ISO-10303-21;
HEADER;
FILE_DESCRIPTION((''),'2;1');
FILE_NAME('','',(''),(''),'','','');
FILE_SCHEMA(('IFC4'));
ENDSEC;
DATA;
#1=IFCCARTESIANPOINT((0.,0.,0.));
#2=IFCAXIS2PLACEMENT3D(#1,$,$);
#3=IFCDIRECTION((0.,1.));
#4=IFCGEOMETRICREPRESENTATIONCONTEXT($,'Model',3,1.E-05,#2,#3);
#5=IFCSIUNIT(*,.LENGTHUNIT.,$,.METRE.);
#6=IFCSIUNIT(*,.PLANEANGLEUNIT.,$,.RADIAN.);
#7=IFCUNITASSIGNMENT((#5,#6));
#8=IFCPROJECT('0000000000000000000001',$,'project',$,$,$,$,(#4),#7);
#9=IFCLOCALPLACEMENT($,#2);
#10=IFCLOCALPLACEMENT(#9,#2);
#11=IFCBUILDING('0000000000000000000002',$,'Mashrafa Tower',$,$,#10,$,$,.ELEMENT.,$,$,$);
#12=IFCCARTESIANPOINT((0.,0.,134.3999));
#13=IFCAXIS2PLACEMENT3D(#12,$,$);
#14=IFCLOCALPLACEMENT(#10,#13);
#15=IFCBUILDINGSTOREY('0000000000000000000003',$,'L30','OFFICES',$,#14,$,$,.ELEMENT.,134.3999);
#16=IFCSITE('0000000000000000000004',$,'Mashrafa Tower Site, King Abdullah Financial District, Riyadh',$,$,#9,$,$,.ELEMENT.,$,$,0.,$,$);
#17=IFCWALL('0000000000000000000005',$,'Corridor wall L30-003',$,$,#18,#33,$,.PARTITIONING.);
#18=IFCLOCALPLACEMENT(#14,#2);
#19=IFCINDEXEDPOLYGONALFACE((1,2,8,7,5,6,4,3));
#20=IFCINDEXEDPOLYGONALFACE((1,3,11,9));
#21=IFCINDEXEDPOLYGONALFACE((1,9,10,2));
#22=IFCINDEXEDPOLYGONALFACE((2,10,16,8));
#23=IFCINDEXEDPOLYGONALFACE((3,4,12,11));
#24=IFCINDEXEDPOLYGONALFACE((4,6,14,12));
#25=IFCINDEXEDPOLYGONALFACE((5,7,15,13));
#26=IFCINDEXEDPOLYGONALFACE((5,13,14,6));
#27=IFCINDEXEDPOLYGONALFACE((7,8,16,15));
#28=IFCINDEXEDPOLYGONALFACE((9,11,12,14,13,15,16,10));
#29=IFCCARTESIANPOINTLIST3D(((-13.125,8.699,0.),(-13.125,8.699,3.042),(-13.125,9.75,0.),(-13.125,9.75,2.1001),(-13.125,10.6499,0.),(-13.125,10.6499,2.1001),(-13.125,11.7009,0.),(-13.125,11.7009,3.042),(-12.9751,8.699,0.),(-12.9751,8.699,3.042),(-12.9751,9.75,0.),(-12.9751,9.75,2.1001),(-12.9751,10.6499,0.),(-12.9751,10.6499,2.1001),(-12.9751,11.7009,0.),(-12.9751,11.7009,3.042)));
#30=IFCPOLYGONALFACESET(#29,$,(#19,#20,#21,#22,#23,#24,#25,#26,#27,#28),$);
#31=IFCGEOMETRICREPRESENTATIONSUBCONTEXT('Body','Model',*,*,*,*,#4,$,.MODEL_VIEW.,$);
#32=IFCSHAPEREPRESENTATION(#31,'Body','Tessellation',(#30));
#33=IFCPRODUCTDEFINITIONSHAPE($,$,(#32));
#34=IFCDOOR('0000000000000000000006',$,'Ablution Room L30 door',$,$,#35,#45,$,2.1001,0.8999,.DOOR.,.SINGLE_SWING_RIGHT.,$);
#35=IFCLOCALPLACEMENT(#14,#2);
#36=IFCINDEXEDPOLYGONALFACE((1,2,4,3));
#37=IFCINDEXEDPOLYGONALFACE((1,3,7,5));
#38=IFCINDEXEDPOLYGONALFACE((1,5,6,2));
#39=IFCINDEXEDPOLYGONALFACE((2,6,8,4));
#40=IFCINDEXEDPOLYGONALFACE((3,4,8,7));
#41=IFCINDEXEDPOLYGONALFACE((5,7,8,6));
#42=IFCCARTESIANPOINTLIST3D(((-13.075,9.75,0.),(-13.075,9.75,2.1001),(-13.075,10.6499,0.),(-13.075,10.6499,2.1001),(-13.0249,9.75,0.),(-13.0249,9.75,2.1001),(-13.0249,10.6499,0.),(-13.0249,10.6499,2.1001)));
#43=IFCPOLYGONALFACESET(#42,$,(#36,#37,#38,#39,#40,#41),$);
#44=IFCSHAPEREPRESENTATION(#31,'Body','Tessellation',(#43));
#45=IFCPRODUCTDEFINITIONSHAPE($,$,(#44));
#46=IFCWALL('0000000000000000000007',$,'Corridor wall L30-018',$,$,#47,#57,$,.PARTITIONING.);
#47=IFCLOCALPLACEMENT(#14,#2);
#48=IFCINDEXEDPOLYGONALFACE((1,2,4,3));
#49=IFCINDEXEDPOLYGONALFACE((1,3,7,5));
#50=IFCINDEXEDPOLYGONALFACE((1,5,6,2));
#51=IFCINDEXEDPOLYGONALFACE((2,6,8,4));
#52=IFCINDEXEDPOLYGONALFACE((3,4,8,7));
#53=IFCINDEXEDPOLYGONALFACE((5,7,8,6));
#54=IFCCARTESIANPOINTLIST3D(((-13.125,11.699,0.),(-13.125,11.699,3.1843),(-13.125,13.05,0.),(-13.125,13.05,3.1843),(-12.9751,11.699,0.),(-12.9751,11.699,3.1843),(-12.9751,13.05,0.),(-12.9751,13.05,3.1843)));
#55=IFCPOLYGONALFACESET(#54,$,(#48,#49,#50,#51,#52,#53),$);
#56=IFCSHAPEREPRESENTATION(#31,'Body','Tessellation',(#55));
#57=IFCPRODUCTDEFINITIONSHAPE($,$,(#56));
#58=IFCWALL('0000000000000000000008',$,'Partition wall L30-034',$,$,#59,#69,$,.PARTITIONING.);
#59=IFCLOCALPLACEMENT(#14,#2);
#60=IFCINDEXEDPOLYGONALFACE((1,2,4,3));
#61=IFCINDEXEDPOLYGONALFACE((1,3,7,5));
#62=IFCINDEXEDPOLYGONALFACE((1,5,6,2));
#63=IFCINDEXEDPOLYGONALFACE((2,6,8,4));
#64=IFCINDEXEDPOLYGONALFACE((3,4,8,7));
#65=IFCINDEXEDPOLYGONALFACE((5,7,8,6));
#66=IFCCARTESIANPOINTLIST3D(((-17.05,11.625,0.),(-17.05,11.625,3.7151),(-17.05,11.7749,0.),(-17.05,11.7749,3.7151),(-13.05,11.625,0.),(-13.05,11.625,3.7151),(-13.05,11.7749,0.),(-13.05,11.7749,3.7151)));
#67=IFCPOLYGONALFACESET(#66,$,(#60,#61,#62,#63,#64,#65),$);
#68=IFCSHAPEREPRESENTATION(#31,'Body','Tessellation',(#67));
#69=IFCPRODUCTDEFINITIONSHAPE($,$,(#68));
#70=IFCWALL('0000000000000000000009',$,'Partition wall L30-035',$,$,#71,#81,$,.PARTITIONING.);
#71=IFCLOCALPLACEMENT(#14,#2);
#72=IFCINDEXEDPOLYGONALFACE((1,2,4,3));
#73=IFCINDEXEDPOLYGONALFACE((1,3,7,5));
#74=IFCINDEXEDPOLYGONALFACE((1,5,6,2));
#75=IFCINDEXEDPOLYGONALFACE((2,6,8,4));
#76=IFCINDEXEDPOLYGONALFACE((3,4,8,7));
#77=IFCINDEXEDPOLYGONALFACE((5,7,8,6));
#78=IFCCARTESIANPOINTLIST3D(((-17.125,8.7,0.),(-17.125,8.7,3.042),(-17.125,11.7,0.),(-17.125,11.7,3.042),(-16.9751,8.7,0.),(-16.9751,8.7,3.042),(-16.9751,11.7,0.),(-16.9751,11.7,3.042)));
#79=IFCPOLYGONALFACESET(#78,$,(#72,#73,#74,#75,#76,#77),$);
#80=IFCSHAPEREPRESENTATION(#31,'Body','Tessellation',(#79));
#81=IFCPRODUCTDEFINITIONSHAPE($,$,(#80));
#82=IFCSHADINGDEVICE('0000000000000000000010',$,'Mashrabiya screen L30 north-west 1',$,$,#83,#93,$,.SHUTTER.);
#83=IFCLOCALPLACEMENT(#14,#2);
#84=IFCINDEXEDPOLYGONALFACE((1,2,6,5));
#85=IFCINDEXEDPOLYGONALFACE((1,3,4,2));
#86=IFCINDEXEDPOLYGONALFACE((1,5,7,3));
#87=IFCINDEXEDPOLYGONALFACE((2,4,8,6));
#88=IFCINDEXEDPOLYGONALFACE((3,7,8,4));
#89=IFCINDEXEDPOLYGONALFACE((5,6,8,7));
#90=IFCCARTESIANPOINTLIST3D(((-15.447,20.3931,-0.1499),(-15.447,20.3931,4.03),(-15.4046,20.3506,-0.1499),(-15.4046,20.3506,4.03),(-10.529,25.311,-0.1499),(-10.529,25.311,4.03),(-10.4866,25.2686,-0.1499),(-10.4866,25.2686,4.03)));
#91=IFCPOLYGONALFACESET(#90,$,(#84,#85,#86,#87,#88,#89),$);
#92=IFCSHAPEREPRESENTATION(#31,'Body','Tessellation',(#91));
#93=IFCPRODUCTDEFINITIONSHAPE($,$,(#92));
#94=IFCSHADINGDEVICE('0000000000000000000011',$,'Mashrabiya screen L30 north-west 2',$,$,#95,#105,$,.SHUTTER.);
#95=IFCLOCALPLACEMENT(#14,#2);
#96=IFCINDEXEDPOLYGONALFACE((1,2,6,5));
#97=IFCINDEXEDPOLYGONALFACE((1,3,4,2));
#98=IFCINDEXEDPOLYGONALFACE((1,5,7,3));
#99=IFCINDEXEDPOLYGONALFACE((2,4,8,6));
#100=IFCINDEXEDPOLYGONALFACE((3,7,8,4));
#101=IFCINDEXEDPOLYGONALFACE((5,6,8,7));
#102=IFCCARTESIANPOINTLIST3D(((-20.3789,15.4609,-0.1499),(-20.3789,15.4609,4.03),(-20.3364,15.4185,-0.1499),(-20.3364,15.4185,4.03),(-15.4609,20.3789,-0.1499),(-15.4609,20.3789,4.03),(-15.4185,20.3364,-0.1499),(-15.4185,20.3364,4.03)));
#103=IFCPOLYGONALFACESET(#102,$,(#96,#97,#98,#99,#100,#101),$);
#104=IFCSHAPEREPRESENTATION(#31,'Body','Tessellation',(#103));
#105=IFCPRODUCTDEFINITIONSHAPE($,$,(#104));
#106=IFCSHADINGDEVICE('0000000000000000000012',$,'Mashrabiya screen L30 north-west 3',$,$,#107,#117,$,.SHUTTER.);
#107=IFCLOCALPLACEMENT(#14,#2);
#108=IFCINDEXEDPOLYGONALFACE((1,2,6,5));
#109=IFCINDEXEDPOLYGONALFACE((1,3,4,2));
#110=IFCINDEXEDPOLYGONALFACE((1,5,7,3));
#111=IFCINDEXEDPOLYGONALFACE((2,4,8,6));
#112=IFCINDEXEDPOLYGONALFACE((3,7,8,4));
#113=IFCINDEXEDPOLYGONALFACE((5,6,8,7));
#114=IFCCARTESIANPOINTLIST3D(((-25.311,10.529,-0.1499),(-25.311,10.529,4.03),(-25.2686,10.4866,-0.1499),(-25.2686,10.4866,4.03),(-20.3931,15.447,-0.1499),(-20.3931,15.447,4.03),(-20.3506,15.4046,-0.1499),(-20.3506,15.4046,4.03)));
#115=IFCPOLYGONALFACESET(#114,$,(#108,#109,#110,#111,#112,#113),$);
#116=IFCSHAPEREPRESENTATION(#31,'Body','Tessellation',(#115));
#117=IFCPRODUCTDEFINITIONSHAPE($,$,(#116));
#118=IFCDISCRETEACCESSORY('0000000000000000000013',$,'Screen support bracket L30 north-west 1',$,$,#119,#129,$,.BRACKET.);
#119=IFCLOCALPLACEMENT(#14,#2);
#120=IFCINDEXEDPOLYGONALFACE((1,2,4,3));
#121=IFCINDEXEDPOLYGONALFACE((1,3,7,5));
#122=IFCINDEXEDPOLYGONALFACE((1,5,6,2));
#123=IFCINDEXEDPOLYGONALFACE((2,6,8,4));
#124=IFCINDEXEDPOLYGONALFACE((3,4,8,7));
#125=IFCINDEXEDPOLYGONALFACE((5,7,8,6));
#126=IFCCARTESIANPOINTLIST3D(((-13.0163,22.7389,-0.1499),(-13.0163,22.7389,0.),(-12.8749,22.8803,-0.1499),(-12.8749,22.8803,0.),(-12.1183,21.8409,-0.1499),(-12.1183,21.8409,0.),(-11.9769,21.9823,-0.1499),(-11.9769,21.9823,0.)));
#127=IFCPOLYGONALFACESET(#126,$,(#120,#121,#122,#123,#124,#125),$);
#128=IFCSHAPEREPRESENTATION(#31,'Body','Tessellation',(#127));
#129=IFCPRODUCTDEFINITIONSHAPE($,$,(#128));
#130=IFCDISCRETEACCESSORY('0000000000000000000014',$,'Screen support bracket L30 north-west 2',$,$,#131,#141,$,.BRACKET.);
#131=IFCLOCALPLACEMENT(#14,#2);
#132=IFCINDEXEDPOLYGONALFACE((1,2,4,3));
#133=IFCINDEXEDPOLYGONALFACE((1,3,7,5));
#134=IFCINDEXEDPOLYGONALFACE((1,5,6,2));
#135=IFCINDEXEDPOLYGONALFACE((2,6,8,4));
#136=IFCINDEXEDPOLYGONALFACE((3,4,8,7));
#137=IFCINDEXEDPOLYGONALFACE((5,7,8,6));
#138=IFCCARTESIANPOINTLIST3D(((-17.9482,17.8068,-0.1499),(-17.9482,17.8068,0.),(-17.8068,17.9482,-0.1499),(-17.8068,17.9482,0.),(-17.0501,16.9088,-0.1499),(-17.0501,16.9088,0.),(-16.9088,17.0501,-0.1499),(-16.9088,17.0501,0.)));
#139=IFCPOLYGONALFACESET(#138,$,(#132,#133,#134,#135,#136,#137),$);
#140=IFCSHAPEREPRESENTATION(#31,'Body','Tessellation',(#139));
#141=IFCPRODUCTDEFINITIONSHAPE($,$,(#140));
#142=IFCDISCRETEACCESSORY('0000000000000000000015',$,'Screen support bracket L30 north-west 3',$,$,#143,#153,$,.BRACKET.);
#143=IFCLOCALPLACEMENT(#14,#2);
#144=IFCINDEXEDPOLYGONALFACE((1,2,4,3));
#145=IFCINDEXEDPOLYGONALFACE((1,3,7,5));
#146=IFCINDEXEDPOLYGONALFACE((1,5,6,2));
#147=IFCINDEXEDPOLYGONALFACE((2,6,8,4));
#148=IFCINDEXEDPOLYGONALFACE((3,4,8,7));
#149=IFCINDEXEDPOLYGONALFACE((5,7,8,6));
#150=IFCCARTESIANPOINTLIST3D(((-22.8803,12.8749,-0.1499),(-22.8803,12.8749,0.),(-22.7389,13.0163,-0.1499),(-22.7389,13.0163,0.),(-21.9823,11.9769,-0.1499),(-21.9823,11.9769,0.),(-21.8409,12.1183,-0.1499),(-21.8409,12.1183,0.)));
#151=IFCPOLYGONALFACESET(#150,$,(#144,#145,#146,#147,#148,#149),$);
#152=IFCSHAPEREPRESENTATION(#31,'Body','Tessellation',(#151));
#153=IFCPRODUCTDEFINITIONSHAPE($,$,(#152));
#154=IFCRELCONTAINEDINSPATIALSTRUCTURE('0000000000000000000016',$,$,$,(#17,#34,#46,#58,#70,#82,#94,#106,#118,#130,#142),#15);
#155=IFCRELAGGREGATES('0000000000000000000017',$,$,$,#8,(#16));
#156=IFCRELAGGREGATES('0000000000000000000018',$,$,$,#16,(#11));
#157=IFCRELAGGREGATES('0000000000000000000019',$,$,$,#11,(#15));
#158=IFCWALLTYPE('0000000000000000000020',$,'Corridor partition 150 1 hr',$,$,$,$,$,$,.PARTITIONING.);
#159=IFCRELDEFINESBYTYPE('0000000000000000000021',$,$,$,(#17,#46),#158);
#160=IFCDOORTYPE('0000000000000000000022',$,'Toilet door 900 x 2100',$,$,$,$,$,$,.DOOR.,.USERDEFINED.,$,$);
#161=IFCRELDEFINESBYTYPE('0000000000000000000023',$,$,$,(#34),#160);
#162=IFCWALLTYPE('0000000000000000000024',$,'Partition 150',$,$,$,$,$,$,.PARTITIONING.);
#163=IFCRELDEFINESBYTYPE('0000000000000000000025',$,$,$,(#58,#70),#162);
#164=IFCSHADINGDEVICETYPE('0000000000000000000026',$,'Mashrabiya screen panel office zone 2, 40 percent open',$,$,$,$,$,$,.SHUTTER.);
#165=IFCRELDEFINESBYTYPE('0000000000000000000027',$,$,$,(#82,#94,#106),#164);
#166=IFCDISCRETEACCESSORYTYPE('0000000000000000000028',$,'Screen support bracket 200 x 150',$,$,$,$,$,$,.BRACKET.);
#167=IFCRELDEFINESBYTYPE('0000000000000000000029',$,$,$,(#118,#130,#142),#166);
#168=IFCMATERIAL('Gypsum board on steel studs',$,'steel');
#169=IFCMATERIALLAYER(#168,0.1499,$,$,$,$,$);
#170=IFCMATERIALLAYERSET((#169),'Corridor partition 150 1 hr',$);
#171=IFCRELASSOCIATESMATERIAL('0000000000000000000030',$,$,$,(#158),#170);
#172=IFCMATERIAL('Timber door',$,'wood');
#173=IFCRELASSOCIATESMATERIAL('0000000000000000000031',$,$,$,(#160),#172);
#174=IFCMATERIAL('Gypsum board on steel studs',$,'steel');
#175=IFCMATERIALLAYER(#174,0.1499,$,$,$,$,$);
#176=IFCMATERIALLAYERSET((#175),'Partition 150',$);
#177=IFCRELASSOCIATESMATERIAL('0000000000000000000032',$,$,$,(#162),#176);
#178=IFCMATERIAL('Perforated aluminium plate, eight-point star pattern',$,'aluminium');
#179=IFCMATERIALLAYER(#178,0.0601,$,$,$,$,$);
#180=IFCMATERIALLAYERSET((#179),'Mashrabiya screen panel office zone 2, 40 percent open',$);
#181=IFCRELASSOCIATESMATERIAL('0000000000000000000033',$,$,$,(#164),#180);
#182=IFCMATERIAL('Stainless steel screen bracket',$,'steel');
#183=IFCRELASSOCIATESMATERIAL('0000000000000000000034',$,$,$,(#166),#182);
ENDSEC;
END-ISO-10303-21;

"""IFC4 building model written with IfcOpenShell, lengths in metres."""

from ifc_helpers import new_model, si_unit, direction, frame, frame_2d, origin, origin_2d, place, context, subcontext, project, spatial, rectangle, extrude, source, transform, mapped, material, layer, layer_set, type_object, type_shapes, element, fill, save


model = new_model("IFC4")

# Units and contexts
model_context = context("Model", 3, precision=1e-05, world=origin(), true_north=direction((0.0, 1.0)))
body_context = subcontext(model_context, "Body", "Model", "MODEL_VIEW")
ifc_project = project(units=[si_unit("LENGTHUNIT", "METRE"), si_unit("PLANEANGLEUNIT", "RADIAN")], contexts=[model_context])

# Site, building, storey
site_placement = place(None, origin())
site = spatial("IfcSite", under=ifc_project, at=site_placement, Name="Mashrafa Tower Site, King Abdullah Financial District, Riyadh", CompositionType="ELEMENT", RefElevation=0.0)
building_placement = place(site_placement, origin())
building = spatial("IfcBuilding", under=site, at=building_placement, Name="Mashrafa Tower", CompositionType="ELEMENT")
storey_placement = place(building_placement, frame((0.0, 0.0, 134.3999)))
storey = spatial("IfcBuildingStorey", under=building, at=storey_placement, Name="L30", Description="OFFICES", CompositionType="ELEMENT", Elevation=134.3999)

# Wall, opening, door
ifc_material_1 = material(Name="Gypsum board on steel studs", Category="steel")
ifc_layer_1 = layer(ifc_material_1, 0.1499)
ifc_layer_set_1 = layer_set([ifc_layer_1], Name="Corridor partition 150 1 hr")
wall_type_1 = type_object("IfcWallType", Name="Corridor partition 150 1 hr", PredefinedType="PARTITIONING", material=ifc_layer_set_1)
wall_1_placement = place(storey_placement, frame((-13.05, 11.7009, 0.0), z_axis=(0.0, 0.0, 1.0), x_axis=(0.0, -1.0, 0.0)))
wall_1 = element("IfcWall", 1, at=wall_1_placement, inside=storey, type_object=wall_type_1, Name="Corridor wall L30-003", PredefinedType="PARTITIONING", context=body_context, shape_type="SweptSolid", body=[
    extrude(rectangle(XDim=3.002, YDim=0.1499, at=frame_2d((1.501, 0.0))), origin(), (0.0, 0.0, 1.0), 3.042),
])
opening_placement = place(wall_1_placement, frame((1.051, 0.0, 0.0)))
opening = element("IfcOpeningElement", 2, at=opening_placement, cuts=wall_1, PredefinedType="OPENING", context=body_context, shape_type="SweptSolid", body=[
    extrude(rectangle(XDim=0.8999, YDim=2.1001, at=frame_2d((0.45, 1.05))), frame((0.0, 0.085, 0.0), z_axis=(0.0, -1.0, 0.0), x_axis=(1.0, 0.0, 0.0)), (0.0, 0.0, 1.0), 0.1699),
])
ifc_material_2 = material(Name="Timber door", Category="wood")
door_type = type_object("IfcDoorType", Name="Toilet door 900 x 2100", OperationType="USERDEFINED", PredefinedType="DOOR", material=ifc_material_2)
door_placement = place(opening_placement, frame((0.8999, 0.0, 0.0), z_axis=(0.0, 0.0, 1.0), x_axis=(-1.0, 0.0, 0.0)))
door = element("IfcDoor", 3, at=door_placement, inside=storey, type_object=door_type, Name="Ablution Room L30 door", OperationType="SINGLE_SWING_RIGHT", OverallHeight=2.1001, OverallWidth=0.8999, PredefinedType="DOOR", context=body_context, shape_type="SweptSolid", body=[
    extrude(rectangle(XDim=0.8999, YDim=2.1001, at=frame_2d((0.45, 1.05))), frame((0.0, 0.0249, 0.0), z_axis=(0.0, -1.0, 0.0), x_axis=(1.0, 0.0, 0.0)), (0.0, 0.0, 1.0), 0.05),
])
fill(opening, door)

# Walls
wall_2_placement = place(storey_placement, frame((-13.05, 13.05, 0.0), z_axis=(0.0, 0.0, 1.0), x_axis=(0.0, -1.0, 0.0)))
element("IfcWall", 4, at=wall_2_placement, inside=storey, type_object=wall_type_1, Name="Corridor wall L30-018", PredefinedType="PARTITIONING", context=body_context, shape_type="SweptSolid", body=[
    extrude(rectangle(XDim=1.3511, YDim=0.1499, at=frame_2d((0.6755, 0.0))), origin(), (0.0, 0.0, 1.0), 3.1843),
])
ifc_material_3 = material(Name="Gypsum board on steel studs", Category="steel")
ifc_layer_2 = layer(ifc_material_3, 0.1499)
ifc_layer_set_2 = layer_set([ifc_layer_2], Name="Partition 150")
wall_type_2 = type_object("IfcWallType", Name="Partition 150", PredefinedType="PARTITIONING", material=ifc_layer_set_2)
wall_3_placement = place(storey_placement, frame((-13.05, 11.7, 0.0), z_axis=(0.0, 0.0, 1.0), x_axis=(-1.0, 0.0, 0.0)))
element("IfcWall", 5, at=wall_3_placement, inside=storey, type_object=wall_type_2, Name="Partition wall L30-034", PredefinedType="PARTITIONING", context=body_context, shape_type="SweptSolid", body=[
    extrude(rectangle(XDim=4.0, YDim=0.1499, at=frame_2d((2.0, 0.0))), origin(), (0.0, 0.0, 1.0), 3.7151),
])
wall_4_placement = place(storey_placement, frame((-17.05, 11.7, 0.0), z_axis=(0.0, 0.0, 1.0), x_axis=(0.0, -1.0, 0.0)))
element("IfcWall", 6, at=wall_4_placement, inside=storey, type_object=wall_type_2, Name="Partition wall L30-035", PredefinedType="PARTITIONING", context=body_context, shape_type="SweptSolid", body=[
    extrude(rectangle(XDim=3.0, YDim=0.1499, at=frame_2d((1.5, 0.0))), origin(), (0.0, 0.0, 1.0), 3.042),
])

# Shading devices
ifc_material_4 = material(Name="Perforated aluminium plate, eight-point star pattern", Category="aluminium")
ifc_layer_3 = layer(ifc_material_4, 0.0601)
ifc_layer_set_3 = layer_set([ifc_layer_3], Name="Mashrabiya screen panel office zone 2, 40 percent open")
shading_device_type = type_object("IfcShadingDeviceType", Name="Mashrabiya screen panel office zone 2, 40 percent open", PredefinedType="SHUTTER", material=ifc_layer_set_3)
shared_shape_1 = source(origin(), body_context, "Body", "SweptSolid", [
    extrude(rectangle(XDim=6.9551, YDim=0.0601, at=origin_2d()), origin(), (0.0, 0.0, 1.0), 4.1799),
])
type_shapes(shading_device_type, [shared_shape_1])
for number, where, z_axis, x_axis, name in (
    (7, (-12.9668, 22.8308, -0.1499), (0.0, 0.0, 1.0), (-0.707107, -0.707107, 0.0), "Mashrabiya screen L30 north-west 1"),
    (8, (-17.8987, 17.8987, -0.1499), (0.0, 0.0, 1.0), (-0.707107, -0.707107, 0.0), "Mashrabiya screen L30 north-west 2"),
    (9, (-22.8308, 12.9668, -0.1499), (0.0, 0.0, 1.0), (-0.707107, -0.707107, 0.0), "Mashrabiya screen L30 north-west 3"),
):
    element("IfcShadingDevice", number, at=place(storey_placement, frame(where, z_axis=z_axis, x_axis=x_axis)), inside=storey, type_object=shading_device_type, Name=name, PredefinedType="SHUTTER", context=body_context, shape_type="MappedRepresentation", body=[
        mapped(shared_shape_1, transform((0.0, 0.0, 0.0))),
    ])

# Discrete accessories
ifc_material_5 = material(Name="Stainless steel screen bracket", Category="steel")
discrete_accessory_type = type_object("IfcDiscreteAccessoryType", Name="Screen support bracket 200 x 150", PredefinedType="BRACKET", material=ifc_material_5)
shared_shape_2 = source(origin(), body_context, "Body", "SweptSolid", [
    extrude(rectangle(XDim=0.2, YDim=1.27, at=origin_2d()), origin(), (0.0, 0.0, 1.0), 0.1499),
])
type_shapes(discrete_accessory_type, [shared_shape_2])
for number, where, z_axis, x_axis, name in (
    (10, (-12.4966, 22.3606, -0.1499), (0.0, 0.0, 1.0), (-0.707107, -0.707107, 0.0), "Screen support bracket L30 north-west 1"),
    (11, (-17.4285, 17.4285, -0.1499), (0.0, 0.0, 1.0), (-0.707107, -0.707107, 0.0), "Screen support bracket L30 north-west 2"),
    (12, (-22.3606, 12.4966, -0.1499), (0.0, 0.0, 1.0), (-0.707107, -0.707107, 0.0), "Screen support bracket L30 north-west 3"),
):
    element("IfcDiscreteAccessory", number, at=place(storey_placement, frame(where, z_axis=z_axis, x_axis=x_axis)), inside=storey, type_object=discrete_accessory_type, Name=name, PredefinedType="BRACKET", context=body_context, shape_type="MappedRepresentation", body=[
        mapped(shared_shape_2, transform((0.0, 0.0, 0.0))),
    ])

save(model, "model.ifc")
